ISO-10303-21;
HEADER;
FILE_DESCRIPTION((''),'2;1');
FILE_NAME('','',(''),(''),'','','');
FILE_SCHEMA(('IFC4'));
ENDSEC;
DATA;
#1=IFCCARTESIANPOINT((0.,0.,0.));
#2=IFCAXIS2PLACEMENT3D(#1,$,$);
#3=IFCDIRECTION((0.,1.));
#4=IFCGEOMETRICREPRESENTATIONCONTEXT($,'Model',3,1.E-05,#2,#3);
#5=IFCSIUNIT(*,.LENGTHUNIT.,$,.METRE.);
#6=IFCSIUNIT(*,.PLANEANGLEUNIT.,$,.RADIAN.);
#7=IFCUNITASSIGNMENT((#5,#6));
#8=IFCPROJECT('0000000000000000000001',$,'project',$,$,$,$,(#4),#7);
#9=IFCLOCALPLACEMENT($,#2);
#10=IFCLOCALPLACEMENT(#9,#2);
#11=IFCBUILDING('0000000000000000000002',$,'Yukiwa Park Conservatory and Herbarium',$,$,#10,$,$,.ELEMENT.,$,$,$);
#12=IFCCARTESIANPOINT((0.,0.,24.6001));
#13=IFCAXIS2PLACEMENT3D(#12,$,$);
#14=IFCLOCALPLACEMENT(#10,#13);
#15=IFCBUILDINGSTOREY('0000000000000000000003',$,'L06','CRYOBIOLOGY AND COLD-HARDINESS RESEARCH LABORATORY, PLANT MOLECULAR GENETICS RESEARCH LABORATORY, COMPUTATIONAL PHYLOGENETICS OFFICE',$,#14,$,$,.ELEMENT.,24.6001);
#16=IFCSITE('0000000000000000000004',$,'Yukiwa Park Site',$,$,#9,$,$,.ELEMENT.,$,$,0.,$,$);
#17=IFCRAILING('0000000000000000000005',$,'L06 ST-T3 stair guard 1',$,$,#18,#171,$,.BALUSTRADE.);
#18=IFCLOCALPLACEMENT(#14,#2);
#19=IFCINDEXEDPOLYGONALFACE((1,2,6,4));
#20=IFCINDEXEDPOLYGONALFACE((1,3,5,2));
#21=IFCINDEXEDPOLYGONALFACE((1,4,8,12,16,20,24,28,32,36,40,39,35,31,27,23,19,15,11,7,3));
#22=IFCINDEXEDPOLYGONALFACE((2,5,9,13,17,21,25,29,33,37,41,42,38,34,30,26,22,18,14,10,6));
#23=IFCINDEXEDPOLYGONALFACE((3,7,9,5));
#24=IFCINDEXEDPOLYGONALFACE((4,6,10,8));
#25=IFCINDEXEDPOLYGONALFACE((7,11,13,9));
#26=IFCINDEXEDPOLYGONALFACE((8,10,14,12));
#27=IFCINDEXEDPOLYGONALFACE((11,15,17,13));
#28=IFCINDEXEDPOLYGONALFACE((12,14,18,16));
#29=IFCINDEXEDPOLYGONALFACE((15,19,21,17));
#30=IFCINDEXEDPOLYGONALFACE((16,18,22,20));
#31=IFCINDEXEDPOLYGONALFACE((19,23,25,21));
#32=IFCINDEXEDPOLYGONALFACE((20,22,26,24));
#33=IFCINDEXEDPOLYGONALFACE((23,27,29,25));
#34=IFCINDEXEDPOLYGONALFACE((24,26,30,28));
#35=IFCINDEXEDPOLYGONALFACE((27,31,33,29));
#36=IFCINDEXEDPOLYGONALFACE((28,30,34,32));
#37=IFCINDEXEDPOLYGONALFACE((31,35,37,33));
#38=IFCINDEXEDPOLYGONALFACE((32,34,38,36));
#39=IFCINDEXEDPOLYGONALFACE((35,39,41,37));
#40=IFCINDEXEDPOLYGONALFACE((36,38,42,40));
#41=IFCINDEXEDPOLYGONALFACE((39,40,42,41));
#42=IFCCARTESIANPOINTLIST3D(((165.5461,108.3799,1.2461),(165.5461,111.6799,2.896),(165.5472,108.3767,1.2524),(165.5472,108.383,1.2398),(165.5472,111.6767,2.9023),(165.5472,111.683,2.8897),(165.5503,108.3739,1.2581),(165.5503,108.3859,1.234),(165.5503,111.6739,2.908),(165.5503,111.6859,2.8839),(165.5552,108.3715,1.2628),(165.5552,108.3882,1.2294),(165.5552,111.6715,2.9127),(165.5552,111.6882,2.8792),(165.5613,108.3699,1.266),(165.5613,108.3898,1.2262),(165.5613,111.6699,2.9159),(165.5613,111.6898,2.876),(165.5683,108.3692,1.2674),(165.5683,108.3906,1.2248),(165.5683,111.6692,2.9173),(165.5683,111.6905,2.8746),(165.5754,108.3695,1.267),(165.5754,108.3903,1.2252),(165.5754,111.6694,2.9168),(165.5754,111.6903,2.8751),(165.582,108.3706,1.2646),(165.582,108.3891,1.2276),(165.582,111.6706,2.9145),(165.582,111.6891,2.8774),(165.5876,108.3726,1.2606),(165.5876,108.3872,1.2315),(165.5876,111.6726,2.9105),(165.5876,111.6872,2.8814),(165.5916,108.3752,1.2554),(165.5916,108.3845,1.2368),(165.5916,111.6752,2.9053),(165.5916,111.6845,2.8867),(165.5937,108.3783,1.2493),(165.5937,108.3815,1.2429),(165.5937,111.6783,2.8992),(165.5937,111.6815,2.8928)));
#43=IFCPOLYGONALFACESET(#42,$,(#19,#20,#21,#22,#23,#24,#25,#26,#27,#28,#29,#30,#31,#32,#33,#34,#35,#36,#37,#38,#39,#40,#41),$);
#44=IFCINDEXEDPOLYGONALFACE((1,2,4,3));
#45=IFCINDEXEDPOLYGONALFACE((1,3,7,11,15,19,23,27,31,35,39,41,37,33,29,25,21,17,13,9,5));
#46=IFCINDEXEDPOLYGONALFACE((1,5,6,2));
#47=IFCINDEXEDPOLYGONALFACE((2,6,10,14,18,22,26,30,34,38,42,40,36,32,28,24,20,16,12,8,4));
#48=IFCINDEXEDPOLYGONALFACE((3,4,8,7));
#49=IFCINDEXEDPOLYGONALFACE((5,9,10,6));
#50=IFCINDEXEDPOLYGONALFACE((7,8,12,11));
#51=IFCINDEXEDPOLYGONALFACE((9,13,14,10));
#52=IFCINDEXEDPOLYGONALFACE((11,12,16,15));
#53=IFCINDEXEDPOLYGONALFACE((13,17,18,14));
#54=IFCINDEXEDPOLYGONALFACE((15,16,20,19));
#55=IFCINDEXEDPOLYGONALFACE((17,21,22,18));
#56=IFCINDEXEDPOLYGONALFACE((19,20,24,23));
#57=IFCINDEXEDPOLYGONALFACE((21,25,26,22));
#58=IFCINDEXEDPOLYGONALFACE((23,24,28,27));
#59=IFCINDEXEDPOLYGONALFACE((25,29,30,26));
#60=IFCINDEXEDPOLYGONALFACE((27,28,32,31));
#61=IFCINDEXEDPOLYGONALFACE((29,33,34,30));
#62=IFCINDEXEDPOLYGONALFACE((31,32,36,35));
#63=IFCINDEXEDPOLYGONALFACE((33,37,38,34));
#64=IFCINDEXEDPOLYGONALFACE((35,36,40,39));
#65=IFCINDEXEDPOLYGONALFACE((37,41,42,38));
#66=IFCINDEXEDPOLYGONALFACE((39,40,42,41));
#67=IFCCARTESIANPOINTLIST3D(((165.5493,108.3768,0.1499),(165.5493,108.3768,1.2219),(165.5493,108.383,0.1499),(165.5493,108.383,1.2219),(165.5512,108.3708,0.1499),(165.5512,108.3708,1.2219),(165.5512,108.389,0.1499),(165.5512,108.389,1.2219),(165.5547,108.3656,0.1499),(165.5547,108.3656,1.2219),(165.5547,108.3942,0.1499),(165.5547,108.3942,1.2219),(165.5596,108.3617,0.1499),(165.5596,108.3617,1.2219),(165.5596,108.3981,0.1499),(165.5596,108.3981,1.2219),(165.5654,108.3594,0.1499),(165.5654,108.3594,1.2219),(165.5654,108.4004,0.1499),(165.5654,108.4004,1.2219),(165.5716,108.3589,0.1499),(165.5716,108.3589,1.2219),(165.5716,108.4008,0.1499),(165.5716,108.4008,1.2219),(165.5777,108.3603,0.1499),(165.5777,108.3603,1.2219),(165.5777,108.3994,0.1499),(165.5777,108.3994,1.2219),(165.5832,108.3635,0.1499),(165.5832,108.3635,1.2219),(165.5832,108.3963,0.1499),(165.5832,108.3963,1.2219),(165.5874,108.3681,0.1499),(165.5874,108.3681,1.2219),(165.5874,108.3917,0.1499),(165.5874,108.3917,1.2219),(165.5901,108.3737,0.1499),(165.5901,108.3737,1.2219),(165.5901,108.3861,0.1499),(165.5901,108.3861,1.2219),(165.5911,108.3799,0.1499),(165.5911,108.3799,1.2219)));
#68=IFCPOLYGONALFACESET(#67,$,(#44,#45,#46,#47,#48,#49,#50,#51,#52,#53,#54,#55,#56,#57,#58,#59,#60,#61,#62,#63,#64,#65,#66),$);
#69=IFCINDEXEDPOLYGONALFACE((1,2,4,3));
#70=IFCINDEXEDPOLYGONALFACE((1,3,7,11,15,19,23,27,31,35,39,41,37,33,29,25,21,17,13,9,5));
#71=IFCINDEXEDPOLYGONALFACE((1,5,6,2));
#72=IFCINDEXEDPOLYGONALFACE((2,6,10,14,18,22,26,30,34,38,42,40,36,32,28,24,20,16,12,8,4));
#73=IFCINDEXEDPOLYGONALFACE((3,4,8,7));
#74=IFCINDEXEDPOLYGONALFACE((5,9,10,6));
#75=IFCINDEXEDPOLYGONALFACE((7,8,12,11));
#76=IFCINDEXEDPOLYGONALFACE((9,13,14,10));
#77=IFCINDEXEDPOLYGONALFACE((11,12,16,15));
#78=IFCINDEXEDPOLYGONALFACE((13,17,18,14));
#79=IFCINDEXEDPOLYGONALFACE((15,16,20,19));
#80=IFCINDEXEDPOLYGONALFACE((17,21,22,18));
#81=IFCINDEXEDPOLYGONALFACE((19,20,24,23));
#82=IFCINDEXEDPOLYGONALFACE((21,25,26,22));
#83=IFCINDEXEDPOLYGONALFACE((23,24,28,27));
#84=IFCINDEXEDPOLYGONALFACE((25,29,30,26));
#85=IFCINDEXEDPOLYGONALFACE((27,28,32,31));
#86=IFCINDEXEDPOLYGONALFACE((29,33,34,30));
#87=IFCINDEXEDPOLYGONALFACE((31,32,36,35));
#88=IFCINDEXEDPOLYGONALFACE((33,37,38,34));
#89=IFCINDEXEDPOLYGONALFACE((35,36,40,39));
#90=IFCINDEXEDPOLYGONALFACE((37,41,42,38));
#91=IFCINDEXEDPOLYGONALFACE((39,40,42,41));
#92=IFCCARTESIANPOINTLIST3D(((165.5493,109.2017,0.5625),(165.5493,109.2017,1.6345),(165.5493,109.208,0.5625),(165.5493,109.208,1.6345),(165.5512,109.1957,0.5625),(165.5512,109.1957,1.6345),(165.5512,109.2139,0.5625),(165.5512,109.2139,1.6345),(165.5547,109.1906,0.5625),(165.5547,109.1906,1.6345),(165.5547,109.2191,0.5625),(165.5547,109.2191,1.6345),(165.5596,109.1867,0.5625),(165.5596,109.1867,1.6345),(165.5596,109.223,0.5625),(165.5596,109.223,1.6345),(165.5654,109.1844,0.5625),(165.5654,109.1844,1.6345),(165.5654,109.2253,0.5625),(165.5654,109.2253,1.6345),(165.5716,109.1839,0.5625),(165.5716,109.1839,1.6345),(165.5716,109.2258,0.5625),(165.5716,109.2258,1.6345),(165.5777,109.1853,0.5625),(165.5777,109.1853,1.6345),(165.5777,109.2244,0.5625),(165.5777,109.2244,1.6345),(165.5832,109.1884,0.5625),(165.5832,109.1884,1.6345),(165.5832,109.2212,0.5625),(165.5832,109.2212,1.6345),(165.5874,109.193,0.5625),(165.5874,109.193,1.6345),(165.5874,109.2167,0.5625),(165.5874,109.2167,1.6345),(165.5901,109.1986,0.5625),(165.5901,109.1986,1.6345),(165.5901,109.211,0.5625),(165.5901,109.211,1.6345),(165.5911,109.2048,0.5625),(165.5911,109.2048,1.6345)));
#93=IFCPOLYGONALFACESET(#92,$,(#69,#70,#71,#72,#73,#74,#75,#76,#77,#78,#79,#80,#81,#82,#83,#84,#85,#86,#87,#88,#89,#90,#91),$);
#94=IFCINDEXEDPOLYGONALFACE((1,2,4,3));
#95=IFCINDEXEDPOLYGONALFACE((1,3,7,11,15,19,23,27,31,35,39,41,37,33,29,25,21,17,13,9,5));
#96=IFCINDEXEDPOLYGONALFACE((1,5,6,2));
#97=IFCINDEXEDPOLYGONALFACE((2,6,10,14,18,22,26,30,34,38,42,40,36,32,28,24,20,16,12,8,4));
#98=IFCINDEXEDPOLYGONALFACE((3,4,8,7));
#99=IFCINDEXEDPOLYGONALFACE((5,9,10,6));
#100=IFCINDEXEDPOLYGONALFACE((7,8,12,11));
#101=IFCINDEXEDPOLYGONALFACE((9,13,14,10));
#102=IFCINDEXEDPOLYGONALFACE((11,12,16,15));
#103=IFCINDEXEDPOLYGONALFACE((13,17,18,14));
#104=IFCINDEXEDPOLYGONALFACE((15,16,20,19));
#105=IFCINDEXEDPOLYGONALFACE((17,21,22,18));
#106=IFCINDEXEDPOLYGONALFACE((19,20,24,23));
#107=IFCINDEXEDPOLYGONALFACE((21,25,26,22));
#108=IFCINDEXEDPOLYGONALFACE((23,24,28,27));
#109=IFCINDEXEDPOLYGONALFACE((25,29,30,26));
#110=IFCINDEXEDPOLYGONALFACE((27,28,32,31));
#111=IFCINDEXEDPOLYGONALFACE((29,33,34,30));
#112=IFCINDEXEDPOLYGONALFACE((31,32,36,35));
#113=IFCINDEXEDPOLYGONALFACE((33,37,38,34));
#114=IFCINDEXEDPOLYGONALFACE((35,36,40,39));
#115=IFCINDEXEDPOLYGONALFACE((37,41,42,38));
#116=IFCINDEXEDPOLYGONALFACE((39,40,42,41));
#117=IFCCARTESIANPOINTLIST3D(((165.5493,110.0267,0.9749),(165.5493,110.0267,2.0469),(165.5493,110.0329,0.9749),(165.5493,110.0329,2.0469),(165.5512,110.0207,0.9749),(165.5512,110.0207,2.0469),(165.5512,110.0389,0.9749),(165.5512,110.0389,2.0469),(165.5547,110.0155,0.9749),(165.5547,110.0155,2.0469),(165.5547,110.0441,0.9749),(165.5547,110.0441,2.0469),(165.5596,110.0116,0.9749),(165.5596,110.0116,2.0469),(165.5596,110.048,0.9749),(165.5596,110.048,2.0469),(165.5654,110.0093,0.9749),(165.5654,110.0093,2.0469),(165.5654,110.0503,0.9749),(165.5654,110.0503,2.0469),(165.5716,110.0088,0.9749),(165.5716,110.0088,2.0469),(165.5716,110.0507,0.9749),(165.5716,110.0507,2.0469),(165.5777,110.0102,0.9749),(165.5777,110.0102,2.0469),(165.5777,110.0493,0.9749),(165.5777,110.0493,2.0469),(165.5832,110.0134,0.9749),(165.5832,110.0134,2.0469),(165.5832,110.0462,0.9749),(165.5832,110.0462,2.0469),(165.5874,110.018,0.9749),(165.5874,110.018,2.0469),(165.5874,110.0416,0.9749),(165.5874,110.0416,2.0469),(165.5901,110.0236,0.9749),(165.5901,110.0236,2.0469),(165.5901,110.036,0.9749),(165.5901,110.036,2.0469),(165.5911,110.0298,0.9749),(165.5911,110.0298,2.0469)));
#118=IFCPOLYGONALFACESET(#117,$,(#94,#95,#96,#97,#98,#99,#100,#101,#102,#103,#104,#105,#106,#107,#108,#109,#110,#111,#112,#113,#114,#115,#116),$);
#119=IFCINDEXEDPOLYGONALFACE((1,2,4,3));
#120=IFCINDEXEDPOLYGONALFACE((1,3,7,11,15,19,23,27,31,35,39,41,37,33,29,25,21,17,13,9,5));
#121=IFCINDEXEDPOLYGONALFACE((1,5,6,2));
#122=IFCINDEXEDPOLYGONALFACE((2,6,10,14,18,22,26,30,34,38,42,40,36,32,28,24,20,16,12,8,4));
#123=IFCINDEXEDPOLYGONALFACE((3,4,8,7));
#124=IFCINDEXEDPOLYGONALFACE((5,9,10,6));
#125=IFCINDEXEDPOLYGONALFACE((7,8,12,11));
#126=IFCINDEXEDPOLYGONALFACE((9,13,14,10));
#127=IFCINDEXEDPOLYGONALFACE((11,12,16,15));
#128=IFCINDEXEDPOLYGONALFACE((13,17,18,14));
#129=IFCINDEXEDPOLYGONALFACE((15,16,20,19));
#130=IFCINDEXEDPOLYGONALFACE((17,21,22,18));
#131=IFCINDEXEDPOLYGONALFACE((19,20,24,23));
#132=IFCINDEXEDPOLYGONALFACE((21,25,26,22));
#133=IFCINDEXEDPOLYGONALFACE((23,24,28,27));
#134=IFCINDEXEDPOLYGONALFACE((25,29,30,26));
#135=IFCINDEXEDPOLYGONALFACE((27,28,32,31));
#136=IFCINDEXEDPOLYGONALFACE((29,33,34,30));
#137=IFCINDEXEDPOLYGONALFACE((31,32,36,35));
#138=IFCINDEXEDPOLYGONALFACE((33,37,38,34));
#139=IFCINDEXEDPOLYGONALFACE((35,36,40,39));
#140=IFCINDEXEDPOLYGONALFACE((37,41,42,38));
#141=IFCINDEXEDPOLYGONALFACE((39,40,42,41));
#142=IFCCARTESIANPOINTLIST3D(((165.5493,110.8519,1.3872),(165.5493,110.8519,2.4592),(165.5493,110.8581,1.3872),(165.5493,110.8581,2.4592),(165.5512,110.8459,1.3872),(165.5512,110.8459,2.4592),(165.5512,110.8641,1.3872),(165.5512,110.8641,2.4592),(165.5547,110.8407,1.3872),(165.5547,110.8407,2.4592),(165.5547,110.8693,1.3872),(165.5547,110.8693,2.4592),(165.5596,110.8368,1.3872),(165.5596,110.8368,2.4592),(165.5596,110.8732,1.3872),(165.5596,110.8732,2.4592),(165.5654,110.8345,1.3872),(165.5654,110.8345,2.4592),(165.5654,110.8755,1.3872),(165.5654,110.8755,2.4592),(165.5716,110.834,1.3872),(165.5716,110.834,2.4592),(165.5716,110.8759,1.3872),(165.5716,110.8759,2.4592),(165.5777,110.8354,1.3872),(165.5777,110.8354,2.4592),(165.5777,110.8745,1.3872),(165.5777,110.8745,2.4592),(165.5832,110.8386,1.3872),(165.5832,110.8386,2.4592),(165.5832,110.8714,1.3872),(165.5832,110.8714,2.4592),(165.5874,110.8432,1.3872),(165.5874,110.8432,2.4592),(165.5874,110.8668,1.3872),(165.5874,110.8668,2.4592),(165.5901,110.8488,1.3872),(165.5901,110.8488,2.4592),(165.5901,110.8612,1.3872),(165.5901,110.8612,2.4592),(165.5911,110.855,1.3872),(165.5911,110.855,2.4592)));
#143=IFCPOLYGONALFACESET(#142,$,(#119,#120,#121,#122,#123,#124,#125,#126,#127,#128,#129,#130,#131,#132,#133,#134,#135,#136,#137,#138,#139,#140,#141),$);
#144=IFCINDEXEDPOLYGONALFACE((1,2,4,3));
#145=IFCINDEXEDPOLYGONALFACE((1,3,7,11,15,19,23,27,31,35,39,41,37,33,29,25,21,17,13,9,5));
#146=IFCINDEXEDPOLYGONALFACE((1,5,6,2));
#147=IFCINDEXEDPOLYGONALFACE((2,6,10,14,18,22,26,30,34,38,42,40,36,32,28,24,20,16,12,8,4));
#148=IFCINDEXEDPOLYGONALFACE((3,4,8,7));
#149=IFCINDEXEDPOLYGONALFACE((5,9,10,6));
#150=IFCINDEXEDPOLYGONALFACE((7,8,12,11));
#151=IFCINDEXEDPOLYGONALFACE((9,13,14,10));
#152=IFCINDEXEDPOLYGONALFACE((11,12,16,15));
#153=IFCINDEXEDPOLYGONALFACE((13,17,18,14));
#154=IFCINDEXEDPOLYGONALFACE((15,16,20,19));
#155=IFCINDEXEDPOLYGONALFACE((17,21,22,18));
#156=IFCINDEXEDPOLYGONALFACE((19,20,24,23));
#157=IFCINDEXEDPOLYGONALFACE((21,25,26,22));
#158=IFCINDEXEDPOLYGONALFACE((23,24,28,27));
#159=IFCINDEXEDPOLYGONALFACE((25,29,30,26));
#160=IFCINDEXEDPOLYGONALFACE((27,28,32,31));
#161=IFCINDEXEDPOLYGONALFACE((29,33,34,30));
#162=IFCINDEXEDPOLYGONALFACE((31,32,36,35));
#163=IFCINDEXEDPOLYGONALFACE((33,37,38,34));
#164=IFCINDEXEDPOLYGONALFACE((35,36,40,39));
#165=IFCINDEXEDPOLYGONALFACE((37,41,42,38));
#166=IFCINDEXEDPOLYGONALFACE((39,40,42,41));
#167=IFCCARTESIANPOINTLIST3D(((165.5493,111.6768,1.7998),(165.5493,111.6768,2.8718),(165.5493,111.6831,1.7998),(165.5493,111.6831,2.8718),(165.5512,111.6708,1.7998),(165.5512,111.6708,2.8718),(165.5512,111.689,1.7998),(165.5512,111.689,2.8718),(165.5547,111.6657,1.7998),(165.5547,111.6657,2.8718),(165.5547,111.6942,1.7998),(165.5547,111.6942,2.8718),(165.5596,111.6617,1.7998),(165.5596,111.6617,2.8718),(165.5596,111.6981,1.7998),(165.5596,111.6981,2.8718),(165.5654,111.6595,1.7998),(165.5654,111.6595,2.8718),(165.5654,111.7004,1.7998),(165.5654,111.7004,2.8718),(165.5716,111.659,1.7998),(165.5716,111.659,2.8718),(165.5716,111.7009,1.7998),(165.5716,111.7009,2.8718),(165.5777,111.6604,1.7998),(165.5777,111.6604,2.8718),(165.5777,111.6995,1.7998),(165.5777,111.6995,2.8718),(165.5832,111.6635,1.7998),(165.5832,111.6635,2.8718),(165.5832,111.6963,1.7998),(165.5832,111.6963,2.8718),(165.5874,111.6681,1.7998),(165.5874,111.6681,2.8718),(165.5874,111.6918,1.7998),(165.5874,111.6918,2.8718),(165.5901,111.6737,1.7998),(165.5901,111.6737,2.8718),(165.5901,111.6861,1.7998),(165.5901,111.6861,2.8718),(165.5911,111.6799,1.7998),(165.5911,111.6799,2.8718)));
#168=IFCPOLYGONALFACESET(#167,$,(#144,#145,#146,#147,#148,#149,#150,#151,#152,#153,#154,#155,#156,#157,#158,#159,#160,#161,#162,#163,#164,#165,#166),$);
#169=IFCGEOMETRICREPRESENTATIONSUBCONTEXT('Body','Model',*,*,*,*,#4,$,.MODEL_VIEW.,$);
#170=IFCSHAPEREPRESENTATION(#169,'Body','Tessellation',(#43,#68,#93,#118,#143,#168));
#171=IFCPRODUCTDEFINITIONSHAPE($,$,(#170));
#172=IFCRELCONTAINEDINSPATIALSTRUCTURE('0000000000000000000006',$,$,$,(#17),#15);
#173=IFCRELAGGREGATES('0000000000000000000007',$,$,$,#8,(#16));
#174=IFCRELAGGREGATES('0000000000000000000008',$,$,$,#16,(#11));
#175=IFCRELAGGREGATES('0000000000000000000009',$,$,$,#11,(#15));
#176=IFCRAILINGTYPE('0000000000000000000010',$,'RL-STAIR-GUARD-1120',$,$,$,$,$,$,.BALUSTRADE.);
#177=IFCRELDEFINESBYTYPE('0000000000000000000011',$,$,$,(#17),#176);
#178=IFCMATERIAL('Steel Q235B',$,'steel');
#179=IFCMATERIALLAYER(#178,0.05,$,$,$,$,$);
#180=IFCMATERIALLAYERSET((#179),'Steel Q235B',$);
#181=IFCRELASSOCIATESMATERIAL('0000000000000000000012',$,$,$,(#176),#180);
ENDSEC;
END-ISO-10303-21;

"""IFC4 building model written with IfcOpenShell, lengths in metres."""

from ifc_helpers import new_model, si_unit, direction, frame, origin, origin_2d, place, context, subcontext, project, spatial, circle, extrude, material, layer, layer_set, type_object, element, save


model = new_model("IFC4")

# Units and contexts
model_context = context("Model", 3, precision=1e-05, world=origin(), true_north=direction((0.0, 1.0)))
body_context = subcontext(model_context, "Body", "Model", "MODEL_VIEW")
ifc_project = project(units=[si_unit("LENGTHUNIT", "METRE"), si_unit("PLANEANGLEUNIT", "RADIAN")], contexts=[model_context])

# Site, building, storey
site_placement = place(None, origin())
site = spatial("IfcSite", under=ifc_project, at=site_placement, Name="Yukiwa Park Site", CompositionType="ELEMENT", RefElevation=0.0)
building_placement = place(site_placement, origin())
building = spatial("IfcBuilding", under=site, at=building_placement, Name="Yukiwa Park Conservatory and Herbarium", CompositionType="ELEMENT")
storey_placement = place(building_placement, frame((0.0, 0.0, 24.6001)))
storey = spatial("IfcBuildingStorey", under=building, at=storey_placement, Name="L06", Description="CRYOBIOLOGY AND COLD-HARDINESS RESEARCH LABORATORY, PLANT MOLECULAR GENETICS RESEARCH LABORATORY, COMPUTATIONAL PHYLOGENETICS OFFICE", CompositionType="ELEMENT", Elevation=24.6001)

# Railing
ifc_material_1 = material(Name="Steel Q235B", Category="steel")
ifc_layer_1 = layer(ifc_material_1, 0.05)
ifc_layer_set_1 = layer_set([ifc_layer_1], Name="Steel Q235B")
railing_type_1 = type_object("IfcRailingType", Name="RL-STAIR-GUARD-1120", PredefinedType="BALUSTRADE", material=ifc_layer_set_1)
railing_1_placement = place(storey_placement, frame((165.5701, 108.3799, 0.1499)))
element("IfcRailing", 1, at=railing_1_placement, inside=storey, type_object=railing_type_1, Name="L06 ST-T3 stair guard 1", PredefinedType="BALUSTRADE", context=body_context, shape_type="SweptSolid", body=[
    extrude(circle(Radius=0.0239, at=origin_2d()), frame((0.0, 0.0, 1.0962), z_axis=(0.0, 0.89444, 0.447187), x_axis=(-1.0, 0.0, 0.0)), (0.0, 0.0, 1.0), 3.6895),
    extrude(circle(Radius=0.021, at=origin_2d()), origin(), (0.0, 0.0, 1.0), 1.072),
    extrude(circle(Radius=0.021, at=origin_2d()), frame((0.0, 0.825, 0.4126)), (0.0, 0.0, 1.0), 1.072),
    extrude(circle(Radius=0.021, at=origin_2d()), frame((0.0, 1.6499, 0.825)), (0.0, 0.0, 1.0), 1.072),
    extrude(circle(Radius=0.021, at=origin_2d()), frame((0.0, 2.4751, 1.2373)), (0.0, 0.0, 1.0), 1.072),
    extrude(circle(Radius=0.021, at=origin_2d()), frame((0.0, 3.3, 1.6499)), (0.0, 0.0, 1.0), 1.072),
])

save(model, "model.ifc")
